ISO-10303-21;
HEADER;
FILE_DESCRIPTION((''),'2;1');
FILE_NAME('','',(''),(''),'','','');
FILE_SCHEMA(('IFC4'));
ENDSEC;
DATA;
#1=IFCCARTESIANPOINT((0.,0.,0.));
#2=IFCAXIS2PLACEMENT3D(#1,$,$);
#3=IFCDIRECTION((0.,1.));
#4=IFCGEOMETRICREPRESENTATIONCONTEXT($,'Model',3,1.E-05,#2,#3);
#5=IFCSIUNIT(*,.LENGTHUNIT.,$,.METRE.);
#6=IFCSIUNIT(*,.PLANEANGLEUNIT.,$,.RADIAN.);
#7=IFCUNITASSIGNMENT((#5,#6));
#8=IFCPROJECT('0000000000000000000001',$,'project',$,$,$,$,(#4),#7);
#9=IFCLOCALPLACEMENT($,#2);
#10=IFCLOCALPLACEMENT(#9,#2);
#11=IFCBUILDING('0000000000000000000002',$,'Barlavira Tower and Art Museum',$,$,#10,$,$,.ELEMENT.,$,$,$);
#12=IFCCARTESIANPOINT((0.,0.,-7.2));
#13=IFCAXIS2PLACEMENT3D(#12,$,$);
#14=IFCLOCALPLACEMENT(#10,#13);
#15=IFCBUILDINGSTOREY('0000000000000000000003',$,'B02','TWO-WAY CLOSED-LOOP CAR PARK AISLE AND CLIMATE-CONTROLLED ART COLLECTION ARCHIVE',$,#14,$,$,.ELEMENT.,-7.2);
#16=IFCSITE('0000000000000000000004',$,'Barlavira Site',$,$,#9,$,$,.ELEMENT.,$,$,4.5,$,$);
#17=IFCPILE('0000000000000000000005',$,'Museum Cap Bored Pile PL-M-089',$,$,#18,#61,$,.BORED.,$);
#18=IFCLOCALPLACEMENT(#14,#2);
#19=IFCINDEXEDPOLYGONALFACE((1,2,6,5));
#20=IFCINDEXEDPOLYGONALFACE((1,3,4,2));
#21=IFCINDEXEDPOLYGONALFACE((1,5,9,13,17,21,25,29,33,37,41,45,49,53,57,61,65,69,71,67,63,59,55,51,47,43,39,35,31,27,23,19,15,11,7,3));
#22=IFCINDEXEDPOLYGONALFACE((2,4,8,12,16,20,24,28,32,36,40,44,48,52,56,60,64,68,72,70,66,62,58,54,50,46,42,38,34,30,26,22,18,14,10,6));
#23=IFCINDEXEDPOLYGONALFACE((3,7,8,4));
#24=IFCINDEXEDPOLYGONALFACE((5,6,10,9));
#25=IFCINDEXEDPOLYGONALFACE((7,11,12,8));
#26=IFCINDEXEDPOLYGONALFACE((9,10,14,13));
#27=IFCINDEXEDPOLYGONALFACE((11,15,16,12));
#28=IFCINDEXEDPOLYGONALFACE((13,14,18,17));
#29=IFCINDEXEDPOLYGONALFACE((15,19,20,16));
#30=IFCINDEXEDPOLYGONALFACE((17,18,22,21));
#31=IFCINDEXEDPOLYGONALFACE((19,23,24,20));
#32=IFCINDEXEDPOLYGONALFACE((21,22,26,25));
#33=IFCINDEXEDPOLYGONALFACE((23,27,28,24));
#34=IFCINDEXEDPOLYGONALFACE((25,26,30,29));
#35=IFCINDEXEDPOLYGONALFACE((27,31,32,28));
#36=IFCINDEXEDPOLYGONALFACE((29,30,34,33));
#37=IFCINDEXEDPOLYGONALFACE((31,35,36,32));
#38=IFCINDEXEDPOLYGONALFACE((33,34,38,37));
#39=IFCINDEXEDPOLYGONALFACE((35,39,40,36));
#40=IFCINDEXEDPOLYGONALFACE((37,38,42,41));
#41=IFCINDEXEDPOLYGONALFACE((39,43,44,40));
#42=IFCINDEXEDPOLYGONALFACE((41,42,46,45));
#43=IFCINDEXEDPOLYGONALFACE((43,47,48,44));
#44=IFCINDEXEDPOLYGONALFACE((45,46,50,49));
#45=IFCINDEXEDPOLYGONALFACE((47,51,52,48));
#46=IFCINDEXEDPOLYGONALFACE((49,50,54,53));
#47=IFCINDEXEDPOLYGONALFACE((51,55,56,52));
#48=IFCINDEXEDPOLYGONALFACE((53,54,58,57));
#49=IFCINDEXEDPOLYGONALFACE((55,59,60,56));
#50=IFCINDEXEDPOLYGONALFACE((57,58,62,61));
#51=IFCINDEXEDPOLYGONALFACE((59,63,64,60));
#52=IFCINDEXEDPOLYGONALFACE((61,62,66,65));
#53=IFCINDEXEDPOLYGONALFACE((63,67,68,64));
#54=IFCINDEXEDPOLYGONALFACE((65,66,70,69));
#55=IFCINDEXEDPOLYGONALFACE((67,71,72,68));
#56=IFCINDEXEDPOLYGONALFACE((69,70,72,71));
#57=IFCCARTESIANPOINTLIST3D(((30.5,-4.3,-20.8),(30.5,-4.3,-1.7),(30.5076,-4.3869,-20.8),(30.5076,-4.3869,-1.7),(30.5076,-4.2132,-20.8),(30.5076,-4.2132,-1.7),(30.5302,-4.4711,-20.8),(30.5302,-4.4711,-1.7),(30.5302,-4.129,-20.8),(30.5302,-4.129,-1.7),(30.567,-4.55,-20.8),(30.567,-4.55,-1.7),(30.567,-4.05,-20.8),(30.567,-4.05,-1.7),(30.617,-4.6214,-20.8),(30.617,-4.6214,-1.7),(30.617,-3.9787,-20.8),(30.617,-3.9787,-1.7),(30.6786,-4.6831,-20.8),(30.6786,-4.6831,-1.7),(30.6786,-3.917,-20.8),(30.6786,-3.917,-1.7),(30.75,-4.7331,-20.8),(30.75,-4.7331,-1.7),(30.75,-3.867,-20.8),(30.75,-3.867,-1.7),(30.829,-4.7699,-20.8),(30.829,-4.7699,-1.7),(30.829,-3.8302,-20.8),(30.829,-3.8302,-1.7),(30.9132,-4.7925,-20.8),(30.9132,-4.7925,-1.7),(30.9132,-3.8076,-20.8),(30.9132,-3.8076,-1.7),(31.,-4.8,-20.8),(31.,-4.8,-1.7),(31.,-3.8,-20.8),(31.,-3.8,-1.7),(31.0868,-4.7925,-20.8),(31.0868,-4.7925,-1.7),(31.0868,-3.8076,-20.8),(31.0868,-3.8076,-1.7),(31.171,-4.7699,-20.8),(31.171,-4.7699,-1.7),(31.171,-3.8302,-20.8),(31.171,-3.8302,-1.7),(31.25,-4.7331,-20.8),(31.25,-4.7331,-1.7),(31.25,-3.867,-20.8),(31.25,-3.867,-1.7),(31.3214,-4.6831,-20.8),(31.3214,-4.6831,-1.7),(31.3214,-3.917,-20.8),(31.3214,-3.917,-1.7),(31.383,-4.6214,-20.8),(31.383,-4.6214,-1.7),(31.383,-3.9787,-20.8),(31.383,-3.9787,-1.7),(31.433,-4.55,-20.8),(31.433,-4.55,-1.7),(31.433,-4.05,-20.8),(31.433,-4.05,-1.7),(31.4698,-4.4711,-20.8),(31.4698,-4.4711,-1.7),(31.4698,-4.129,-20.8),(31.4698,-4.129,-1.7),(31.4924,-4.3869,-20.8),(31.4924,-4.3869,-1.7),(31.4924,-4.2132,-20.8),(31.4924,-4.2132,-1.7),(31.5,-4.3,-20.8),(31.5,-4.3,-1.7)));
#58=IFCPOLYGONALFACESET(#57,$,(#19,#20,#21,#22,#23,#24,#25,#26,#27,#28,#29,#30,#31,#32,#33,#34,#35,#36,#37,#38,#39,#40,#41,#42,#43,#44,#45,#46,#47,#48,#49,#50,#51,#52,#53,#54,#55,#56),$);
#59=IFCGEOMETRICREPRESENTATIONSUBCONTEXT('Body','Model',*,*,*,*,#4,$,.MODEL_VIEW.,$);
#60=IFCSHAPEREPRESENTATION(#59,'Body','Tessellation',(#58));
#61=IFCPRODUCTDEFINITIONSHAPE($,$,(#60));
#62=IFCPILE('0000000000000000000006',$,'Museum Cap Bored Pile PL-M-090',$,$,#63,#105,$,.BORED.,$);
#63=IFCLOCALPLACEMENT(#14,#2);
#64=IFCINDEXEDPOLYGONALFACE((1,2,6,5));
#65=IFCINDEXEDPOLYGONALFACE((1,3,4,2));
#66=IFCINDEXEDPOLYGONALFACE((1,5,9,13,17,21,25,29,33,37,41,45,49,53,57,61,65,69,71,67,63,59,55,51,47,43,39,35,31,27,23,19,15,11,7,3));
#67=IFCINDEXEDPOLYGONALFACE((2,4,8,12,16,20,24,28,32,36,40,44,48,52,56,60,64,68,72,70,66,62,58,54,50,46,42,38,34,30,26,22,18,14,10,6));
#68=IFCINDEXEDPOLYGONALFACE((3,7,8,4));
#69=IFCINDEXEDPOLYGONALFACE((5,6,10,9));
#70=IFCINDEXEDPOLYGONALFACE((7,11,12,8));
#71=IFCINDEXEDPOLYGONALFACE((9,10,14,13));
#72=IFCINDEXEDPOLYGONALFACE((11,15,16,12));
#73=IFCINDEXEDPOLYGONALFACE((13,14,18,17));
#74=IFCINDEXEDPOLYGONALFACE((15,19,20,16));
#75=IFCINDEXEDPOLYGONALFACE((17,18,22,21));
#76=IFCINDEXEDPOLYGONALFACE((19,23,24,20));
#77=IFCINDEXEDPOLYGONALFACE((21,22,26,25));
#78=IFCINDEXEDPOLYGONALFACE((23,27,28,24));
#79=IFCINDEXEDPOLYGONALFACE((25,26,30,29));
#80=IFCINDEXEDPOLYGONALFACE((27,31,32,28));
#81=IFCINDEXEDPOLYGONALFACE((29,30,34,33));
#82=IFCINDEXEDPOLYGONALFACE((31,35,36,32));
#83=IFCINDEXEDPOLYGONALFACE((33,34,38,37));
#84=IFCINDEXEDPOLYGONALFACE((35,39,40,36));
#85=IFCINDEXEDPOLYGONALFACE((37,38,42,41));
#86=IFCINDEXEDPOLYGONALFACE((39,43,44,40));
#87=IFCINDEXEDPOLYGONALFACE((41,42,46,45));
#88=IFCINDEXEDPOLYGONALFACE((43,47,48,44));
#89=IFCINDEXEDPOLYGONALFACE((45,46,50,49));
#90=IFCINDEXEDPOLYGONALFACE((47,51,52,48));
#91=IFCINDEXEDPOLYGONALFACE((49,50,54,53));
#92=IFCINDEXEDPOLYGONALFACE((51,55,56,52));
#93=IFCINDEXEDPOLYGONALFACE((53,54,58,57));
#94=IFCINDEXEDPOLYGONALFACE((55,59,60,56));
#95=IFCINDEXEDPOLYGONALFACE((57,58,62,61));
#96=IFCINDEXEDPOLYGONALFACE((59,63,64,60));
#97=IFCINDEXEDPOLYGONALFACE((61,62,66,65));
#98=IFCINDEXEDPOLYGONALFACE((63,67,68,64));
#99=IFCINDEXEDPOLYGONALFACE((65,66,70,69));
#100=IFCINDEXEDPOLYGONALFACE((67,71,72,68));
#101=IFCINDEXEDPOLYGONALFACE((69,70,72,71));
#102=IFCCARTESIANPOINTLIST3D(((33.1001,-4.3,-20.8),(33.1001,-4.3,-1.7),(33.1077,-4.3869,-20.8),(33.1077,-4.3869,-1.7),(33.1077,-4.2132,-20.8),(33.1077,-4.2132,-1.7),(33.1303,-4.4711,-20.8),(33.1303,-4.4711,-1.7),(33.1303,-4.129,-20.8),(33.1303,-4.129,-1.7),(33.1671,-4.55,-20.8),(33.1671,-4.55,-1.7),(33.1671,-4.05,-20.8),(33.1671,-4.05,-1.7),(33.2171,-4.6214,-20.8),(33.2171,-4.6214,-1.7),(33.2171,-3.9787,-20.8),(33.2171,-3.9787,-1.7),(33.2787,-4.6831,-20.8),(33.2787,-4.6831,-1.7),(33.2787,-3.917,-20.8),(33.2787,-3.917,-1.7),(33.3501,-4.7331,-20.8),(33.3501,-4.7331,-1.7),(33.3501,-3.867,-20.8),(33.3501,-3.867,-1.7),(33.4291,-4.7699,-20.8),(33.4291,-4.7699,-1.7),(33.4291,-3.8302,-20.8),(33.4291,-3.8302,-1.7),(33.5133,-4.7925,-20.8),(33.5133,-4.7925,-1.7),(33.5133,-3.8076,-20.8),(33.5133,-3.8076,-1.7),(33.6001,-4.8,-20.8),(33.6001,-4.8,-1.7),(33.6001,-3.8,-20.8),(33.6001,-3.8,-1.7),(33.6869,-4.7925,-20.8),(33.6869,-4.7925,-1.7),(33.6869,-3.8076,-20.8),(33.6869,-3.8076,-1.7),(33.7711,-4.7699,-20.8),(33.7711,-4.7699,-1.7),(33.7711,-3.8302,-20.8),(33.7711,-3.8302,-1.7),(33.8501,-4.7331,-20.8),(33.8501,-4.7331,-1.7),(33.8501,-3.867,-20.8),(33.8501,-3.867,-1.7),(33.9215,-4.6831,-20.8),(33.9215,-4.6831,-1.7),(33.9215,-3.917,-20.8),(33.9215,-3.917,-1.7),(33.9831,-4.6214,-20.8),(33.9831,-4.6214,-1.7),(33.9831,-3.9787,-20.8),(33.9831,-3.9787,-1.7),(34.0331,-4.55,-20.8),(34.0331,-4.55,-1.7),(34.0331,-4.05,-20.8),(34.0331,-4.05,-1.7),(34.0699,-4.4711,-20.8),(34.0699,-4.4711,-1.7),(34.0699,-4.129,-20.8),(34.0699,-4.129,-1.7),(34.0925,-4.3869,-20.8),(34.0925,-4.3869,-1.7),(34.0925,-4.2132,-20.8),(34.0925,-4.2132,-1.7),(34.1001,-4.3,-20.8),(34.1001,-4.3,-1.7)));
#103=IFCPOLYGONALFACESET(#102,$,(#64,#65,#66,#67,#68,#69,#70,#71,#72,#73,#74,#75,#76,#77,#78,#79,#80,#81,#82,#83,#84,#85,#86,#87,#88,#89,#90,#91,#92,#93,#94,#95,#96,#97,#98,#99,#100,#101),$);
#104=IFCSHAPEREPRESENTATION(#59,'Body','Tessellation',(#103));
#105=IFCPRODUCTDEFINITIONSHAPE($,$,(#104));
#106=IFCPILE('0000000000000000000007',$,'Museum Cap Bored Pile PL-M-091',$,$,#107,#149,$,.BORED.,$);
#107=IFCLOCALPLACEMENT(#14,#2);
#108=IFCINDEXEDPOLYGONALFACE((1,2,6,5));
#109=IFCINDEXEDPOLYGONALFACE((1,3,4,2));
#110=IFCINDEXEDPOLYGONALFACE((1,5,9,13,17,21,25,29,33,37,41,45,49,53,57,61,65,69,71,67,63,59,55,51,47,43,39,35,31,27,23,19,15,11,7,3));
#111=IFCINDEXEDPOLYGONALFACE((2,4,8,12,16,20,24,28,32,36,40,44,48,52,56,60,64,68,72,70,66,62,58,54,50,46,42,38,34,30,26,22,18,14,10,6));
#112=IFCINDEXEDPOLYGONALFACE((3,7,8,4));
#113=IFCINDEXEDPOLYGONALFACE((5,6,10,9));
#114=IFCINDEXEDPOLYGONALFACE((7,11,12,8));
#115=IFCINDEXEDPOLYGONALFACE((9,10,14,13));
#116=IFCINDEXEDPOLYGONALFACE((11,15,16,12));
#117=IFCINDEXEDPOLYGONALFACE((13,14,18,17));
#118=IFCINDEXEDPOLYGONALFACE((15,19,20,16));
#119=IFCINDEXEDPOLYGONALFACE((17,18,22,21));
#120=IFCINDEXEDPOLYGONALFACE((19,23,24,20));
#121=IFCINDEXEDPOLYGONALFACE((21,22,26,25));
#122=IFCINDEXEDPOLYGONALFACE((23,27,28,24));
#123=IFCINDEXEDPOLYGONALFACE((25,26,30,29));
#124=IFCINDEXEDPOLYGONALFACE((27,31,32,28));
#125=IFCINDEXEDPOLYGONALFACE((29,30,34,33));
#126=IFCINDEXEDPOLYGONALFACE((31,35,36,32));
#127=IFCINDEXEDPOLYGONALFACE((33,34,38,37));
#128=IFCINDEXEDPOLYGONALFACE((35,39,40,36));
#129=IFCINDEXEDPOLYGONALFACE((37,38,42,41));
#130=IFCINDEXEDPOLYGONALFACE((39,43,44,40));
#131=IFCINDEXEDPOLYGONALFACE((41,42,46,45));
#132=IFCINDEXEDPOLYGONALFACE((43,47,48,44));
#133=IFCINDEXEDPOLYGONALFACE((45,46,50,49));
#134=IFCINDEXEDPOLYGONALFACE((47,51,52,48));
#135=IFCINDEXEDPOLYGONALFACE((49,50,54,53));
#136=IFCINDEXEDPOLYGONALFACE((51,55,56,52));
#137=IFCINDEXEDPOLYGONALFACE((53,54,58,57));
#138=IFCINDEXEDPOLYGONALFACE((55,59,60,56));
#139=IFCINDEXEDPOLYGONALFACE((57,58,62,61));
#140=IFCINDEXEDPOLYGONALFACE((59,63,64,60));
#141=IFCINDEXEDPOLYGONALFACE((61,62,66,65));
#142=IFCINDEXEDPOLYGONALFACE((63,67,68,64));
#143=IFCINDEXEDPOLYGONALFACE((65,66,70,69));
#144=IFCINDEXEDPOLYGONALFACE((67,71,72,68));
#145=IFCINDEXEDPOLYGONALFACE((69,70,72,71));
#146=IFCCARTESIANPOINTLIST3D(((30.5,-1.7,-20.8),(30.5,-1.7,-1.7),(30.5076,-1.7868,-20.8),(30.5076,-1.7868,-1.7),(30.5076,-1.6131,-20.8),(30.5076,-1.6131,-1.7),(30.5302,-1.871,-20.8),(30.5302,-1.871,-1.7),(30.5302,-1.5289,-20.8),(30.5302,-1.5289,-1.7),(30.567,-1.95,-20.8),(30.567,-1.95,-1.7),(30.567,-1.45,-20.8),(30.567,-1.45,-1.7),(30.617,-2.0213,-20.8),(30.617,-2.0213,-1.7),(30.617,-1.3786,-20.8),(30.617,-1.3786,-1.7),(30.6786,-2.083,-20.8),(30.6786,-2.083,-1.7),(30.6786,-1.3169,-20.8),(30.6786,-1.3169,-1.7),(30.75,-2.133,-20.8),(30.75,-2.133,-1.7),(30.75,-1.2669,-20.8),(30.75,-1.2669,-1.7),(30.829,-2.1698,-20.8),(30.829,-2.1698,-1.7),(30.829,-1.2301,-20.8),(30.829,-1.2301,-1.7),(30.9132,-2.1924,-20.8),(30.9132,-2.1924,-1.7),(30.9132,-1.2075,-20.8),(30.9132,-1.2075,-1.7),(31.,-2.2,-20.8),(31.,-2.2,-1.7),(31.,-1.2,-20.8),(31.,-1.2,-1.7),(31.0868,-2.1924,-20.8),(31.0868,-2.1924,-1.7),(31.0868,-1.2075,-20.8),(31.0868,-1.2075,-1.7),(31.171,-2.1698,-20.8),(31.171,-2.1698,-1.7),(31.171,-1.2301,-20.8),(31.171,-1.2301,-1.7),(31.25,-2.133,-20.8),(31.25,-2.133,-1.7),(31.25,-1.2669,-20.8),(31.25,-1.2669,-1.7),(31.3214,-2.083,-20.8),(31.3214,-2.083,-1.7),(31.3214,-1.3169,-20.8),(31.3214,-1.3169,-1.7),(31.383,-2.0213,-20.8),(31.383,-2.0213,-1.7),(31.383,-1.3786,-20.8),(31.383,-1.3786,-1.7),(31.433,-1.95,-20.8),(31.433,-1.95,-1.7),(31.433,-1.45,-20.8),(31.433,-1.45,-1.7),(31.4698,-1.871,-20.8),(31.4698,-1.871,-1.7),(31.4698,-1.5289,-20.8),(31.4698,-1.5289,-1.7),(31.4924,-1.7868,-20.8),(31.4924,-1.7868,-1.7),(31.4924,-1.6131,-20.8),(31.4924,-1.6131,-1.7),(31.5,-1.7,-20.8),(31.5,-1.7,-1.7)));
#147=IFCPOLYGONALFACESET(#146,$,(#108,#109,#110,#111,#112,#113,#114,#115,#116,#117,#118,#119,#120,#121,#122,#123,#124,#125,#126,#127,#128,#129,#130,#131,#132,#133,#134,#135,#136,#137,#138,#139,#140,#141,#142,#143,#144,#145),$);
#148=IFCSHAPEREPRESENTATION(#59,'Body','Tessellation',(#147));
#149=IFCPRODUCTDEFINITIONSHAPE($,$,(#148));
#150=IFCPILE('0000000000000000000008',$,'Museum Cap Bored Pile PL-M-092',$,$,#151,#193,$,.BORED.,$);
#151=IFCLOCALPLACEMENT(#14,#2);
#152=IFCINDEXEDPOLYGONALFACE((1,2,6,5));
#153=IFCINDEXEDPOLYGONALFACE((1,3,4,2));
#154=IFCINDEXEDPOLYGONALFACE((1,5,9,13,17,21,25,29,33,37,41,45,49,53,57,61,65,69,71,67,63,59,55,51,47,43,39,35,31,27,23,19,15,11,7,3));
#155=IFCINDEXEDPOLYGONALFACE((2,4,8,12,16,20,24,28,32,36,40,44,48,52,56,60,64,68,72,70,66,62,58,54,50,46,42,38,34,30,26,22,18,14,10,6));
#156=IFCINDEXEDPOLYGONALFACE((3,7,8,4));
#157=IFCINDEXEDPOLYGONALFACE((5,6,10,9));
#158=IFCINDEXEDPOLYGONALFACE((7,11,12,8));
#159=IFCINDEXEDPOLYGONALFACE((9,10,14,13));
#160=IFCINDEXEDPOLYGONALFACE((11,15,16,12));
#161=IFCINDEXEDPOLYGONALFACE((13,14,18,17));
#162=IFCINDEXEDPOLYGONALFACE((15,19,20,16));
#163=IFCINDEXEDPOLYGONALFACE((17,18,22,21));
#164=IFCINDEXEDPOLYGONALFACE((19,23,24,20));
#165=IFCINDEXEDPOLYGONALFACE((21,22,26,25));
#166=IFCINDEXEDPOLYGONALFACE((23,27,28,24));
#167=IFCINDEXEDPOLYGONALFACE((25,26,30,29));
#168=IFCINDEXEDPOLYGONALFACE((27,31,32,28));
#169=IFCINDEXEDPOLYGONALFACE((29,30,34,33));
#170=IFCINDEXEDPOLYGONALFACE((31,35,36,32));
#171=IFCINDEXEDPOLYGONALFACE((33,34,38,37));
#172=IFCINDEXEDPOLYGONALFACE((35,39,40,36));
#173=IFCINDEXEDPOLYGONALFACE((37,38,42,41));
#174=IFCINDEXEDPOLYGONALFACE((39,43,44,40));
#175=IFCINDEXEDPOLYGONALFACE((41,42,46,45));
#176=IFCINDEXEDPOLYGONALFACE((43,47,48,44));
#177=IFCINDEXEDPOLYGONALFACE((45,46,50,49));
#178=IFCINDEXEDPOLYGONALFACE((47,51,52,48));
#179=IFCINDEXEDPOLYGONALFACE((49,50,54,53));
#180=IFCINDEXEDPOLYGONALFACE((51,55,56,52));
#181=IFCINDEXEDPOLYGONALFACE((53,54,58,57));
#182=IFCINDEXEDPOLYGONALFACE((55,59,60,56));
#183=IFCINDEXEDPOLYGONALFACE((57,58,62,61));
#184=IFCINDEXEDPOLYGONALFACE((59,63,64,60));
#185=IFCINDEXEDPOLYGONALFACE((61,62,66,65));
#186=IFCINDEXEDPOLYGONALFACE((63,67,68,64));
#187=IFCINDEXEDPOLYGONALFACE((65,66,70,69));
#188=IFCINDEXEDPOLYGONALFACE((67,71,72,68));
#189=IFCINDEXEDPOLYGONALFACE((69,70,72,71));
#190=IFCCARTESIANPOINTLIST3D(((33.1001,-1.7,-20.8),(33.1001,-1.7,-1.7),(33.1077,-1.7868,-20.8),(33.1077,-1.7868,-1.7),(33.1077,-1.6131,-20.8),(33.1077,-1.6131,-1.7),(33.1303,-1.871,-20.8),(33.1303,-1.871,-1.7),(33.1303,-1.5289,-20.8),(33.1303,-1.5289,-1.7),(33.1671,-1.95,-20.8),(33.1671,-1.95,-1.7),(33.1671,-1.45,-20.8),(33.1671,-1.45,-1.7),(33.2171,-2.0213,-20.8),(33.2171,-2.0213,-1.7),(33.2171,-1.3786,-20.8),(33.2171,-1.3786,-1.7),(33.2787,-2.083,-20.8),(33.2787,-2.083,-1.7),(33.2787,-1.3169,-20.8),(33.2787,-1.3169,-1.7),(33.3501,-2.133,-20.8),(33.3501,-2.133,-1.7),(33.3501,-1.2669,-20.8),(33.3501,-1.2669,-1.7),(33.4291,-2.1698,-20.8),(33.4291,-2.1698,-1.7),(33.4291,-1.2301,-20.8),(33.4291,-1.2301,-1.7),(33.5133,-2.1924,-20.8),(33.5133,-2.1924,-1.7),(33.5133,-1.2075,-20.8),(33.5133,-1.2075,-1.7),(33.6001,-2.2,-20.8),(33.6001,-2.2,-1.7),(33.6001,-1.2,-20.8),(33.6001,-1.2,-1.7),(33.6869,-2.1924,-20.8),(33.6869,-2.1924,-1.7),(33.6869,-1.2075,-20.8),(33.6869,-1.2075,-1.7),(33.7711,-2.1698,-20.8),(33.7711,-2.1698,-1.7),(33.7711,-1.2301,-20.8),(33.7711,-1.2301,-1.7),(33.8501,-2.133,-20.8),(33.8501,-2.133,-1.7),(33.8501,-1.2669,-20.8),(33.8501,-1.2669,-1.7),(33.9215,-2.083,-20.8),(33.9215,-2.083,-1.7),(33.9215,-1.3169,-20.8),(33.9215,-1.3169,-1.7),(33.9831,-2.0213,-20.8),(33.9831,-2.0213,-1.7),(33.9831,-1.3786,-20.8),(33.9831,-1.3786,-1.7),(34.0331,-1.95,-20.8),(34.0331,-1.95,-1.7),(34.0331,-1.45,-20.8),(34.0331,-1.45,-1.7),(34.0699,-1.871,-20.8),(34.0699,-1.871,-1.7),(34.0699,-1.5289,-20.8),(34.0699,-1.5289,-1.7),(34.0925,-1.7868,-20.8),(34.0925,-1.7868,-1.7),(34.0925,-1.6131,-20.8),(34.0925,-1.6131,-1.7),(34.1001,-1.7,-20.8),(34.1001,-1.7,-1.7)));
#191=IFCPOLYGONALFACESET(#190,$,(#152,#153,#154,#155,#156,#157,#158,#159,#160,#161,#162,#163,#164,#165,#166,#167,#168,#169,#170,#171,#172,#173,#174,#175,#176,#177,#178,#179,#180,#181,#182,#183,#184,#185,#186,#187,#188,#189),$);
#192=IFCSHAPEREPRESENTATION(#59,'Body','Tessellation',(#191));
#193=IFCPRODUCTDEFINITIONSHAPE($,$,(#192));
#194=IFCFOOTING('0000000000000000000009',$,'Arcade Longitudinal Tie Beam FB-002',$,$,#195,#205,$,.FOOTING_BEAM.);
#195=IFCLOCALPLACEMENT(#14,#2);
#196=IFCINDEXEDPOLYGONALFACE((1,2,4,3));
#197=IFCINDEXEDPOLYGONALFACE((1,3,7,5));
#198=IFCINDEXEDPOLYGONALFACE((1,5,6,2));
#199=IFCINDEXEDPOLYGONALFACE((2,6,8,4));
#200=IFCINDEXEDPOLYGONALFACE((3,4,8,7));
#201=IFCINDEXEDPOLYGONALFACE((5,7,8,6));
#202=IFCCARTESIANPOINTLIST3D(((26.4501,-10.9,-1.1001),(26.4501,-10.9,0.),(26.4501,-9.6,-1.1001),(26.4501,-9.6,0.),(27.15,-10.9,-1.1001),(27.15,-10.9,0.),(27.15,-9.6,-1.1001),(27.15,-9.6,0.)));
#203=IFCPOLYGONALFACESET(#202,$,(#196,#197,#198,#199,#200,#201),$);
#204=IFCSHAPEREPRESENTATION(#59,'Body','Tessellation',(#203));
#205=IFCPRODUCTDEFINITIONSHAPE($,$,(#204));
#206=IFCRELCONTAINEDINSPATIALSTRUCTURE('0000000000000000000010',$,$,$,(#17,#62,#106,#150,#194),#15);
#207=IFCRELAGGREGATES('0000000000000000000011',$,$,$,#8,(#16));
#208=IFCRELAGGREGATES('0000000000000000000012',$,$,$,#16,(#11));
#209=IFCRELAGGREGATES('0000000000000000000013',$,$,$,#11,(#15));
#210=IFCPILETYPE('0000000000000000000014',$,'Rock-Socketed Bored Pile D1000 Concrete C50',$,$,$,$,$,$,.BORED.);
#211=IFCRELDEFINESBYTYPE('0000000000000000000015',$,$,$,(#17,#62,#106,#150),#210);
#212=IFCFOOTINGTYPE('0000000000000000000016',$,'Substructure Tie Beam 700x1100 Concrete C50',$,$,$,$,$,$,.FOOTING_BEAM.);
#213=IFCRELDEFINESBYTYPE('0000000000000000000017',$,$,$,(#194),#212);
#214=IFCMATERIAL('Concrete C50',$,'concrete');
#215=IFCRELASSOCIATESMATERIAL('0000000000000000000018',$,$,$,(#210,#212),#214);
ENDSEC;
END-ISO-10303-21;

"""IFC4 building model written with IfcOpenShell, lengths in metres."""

from ifc_helpers import new_model, si_unit, direction, frame, origin, origin_2d, place, context, subcontext, project, spatial, rectangle, circle, extrude, material, material_profile, profile_set, type_object, element, save


model = new_model("IFC4")

# Units and contexts
model_context = context("Model", 3, precision=1e-05, world=origin(), true_north=direction((0.0, 1.0)))
body_context = subcontext(model_context, "Body", "Model", "MODEL_VIEW")
ifc_project = project(units=[si_unit("LENGTHUNIT", "METRE"), si_unit("PLANEANGLEUNIT", "RADIAN")], contexts=[model_context])

# Site, building, storey
site_placement = place(None, origin())
site = spatial("IfcSite", under=ifc_project, at=site_placement, Name="Barlavira Site", CompositionType="ELEMENT", RefElevation=4.5)
building_placement = place(site_placement, origin())
building = spatial("IfcBuilding", under=site, at=building_placement, Name="Barlavira Tower and Art Museum", CompositionType="ELEMENT")
storey_placement = place(building_placement, frame((0.0, 0.0, -7.2)))
storey = spatial("IfcBuildingStorey", under=building, at=storey_placement, Name="B02", Description="TWO-WAY CLOSED-LOOP CAR PARK AISLE AND CLIMATE-CONTROLLED ART COLLECTION ARCHIVE", CompositionType="ELEMENT", Elevation=-7.2)

# Shared definitions
ifc_material_1 = material(Name="Concrete C50", Category="concrete")

# Piles
ifc_material_profile_1 = material_profile(ifc_material_1, circle(Radius=0.5, at=origin_2d()), Name="BORED PILE D1000")
ifc_profile_set_1 = profile_set([ifc_material_profile_1], Name="Concrete C50")
pile_type = type_object("IfcPileType", Name="Rock-Socketed Bored Pile D1000 Concrete C50", PredefinedType="BORED", material=ifc_profile_set_1)
for number, where, z_axis, x_axis, name in (
    (1, (31.0, -4.3, -1.7), (0.0, 0.0, -1.0), (1.0, 0.0, 0.0), "Museum Cap Bored Pile PL-M-089"),
    (2, (33.6001, -4.3, -1.7), (0.0, 0.0, -1.0), (1.0, 0.0, 0.0), "Museum Cap Bored Pile PL-M-090"),
    (3, (31.0, -1.7, -1.7), (0.0, 0.0, -1.0), (1.0, 0.0, 0.0), "Museum Cap Bored Pile PL-M-091"),
    (4, (33.6001, -1.7, -1.7), (0.0, 0.0, -1.0), (1.0, 0.0, 0.0), "Museum Cap Bored Pile PL-M-092"),
):
    element("IfcPile", number, at=place(storey_placement, frame(where, z_axis=z_axis, x_axis=x_axis)), inside=storey, type_object=pile_type, Name=name, PredefinedType="BORED", context=body_context, shape_type="SweptSolid", body=[
        extrude(circle(Radius=0.5, at=origin_2d()), origin(), (0.0, 0.0, 1.0), 19.1001),
    ])

# Footing
footing_type_1 = type_object("IfcFootingType", Name="Substructure Tie Beam 700x1100 Concrete C50", PredefinedType="FOOTING_BEAM", material=ifc_material_1)
footing_1_placement = place(storey_placement, frame((26.8, -10.25, -1.1001), z_axis=(0.0, 0.0, 1.0), x_axis=(1.0, 0.0, 0.0)))
element("IfcFooting", 5, at=footing_1_placement, inside=storey, type_object=footing_type_1, Name="Arcade Longitudinal Tie Beam FB-002", PredefinedType="FOOTING_BEAM", context=body_context, shape_type="SweptSolid", body=[
    extrude(rectangle(XDim=0.7, YDim=1.3, at=origin_2d()), origin(), (0.0, 0.0, 1.0), 1.1001),
])

save(model, "model.ifc")
